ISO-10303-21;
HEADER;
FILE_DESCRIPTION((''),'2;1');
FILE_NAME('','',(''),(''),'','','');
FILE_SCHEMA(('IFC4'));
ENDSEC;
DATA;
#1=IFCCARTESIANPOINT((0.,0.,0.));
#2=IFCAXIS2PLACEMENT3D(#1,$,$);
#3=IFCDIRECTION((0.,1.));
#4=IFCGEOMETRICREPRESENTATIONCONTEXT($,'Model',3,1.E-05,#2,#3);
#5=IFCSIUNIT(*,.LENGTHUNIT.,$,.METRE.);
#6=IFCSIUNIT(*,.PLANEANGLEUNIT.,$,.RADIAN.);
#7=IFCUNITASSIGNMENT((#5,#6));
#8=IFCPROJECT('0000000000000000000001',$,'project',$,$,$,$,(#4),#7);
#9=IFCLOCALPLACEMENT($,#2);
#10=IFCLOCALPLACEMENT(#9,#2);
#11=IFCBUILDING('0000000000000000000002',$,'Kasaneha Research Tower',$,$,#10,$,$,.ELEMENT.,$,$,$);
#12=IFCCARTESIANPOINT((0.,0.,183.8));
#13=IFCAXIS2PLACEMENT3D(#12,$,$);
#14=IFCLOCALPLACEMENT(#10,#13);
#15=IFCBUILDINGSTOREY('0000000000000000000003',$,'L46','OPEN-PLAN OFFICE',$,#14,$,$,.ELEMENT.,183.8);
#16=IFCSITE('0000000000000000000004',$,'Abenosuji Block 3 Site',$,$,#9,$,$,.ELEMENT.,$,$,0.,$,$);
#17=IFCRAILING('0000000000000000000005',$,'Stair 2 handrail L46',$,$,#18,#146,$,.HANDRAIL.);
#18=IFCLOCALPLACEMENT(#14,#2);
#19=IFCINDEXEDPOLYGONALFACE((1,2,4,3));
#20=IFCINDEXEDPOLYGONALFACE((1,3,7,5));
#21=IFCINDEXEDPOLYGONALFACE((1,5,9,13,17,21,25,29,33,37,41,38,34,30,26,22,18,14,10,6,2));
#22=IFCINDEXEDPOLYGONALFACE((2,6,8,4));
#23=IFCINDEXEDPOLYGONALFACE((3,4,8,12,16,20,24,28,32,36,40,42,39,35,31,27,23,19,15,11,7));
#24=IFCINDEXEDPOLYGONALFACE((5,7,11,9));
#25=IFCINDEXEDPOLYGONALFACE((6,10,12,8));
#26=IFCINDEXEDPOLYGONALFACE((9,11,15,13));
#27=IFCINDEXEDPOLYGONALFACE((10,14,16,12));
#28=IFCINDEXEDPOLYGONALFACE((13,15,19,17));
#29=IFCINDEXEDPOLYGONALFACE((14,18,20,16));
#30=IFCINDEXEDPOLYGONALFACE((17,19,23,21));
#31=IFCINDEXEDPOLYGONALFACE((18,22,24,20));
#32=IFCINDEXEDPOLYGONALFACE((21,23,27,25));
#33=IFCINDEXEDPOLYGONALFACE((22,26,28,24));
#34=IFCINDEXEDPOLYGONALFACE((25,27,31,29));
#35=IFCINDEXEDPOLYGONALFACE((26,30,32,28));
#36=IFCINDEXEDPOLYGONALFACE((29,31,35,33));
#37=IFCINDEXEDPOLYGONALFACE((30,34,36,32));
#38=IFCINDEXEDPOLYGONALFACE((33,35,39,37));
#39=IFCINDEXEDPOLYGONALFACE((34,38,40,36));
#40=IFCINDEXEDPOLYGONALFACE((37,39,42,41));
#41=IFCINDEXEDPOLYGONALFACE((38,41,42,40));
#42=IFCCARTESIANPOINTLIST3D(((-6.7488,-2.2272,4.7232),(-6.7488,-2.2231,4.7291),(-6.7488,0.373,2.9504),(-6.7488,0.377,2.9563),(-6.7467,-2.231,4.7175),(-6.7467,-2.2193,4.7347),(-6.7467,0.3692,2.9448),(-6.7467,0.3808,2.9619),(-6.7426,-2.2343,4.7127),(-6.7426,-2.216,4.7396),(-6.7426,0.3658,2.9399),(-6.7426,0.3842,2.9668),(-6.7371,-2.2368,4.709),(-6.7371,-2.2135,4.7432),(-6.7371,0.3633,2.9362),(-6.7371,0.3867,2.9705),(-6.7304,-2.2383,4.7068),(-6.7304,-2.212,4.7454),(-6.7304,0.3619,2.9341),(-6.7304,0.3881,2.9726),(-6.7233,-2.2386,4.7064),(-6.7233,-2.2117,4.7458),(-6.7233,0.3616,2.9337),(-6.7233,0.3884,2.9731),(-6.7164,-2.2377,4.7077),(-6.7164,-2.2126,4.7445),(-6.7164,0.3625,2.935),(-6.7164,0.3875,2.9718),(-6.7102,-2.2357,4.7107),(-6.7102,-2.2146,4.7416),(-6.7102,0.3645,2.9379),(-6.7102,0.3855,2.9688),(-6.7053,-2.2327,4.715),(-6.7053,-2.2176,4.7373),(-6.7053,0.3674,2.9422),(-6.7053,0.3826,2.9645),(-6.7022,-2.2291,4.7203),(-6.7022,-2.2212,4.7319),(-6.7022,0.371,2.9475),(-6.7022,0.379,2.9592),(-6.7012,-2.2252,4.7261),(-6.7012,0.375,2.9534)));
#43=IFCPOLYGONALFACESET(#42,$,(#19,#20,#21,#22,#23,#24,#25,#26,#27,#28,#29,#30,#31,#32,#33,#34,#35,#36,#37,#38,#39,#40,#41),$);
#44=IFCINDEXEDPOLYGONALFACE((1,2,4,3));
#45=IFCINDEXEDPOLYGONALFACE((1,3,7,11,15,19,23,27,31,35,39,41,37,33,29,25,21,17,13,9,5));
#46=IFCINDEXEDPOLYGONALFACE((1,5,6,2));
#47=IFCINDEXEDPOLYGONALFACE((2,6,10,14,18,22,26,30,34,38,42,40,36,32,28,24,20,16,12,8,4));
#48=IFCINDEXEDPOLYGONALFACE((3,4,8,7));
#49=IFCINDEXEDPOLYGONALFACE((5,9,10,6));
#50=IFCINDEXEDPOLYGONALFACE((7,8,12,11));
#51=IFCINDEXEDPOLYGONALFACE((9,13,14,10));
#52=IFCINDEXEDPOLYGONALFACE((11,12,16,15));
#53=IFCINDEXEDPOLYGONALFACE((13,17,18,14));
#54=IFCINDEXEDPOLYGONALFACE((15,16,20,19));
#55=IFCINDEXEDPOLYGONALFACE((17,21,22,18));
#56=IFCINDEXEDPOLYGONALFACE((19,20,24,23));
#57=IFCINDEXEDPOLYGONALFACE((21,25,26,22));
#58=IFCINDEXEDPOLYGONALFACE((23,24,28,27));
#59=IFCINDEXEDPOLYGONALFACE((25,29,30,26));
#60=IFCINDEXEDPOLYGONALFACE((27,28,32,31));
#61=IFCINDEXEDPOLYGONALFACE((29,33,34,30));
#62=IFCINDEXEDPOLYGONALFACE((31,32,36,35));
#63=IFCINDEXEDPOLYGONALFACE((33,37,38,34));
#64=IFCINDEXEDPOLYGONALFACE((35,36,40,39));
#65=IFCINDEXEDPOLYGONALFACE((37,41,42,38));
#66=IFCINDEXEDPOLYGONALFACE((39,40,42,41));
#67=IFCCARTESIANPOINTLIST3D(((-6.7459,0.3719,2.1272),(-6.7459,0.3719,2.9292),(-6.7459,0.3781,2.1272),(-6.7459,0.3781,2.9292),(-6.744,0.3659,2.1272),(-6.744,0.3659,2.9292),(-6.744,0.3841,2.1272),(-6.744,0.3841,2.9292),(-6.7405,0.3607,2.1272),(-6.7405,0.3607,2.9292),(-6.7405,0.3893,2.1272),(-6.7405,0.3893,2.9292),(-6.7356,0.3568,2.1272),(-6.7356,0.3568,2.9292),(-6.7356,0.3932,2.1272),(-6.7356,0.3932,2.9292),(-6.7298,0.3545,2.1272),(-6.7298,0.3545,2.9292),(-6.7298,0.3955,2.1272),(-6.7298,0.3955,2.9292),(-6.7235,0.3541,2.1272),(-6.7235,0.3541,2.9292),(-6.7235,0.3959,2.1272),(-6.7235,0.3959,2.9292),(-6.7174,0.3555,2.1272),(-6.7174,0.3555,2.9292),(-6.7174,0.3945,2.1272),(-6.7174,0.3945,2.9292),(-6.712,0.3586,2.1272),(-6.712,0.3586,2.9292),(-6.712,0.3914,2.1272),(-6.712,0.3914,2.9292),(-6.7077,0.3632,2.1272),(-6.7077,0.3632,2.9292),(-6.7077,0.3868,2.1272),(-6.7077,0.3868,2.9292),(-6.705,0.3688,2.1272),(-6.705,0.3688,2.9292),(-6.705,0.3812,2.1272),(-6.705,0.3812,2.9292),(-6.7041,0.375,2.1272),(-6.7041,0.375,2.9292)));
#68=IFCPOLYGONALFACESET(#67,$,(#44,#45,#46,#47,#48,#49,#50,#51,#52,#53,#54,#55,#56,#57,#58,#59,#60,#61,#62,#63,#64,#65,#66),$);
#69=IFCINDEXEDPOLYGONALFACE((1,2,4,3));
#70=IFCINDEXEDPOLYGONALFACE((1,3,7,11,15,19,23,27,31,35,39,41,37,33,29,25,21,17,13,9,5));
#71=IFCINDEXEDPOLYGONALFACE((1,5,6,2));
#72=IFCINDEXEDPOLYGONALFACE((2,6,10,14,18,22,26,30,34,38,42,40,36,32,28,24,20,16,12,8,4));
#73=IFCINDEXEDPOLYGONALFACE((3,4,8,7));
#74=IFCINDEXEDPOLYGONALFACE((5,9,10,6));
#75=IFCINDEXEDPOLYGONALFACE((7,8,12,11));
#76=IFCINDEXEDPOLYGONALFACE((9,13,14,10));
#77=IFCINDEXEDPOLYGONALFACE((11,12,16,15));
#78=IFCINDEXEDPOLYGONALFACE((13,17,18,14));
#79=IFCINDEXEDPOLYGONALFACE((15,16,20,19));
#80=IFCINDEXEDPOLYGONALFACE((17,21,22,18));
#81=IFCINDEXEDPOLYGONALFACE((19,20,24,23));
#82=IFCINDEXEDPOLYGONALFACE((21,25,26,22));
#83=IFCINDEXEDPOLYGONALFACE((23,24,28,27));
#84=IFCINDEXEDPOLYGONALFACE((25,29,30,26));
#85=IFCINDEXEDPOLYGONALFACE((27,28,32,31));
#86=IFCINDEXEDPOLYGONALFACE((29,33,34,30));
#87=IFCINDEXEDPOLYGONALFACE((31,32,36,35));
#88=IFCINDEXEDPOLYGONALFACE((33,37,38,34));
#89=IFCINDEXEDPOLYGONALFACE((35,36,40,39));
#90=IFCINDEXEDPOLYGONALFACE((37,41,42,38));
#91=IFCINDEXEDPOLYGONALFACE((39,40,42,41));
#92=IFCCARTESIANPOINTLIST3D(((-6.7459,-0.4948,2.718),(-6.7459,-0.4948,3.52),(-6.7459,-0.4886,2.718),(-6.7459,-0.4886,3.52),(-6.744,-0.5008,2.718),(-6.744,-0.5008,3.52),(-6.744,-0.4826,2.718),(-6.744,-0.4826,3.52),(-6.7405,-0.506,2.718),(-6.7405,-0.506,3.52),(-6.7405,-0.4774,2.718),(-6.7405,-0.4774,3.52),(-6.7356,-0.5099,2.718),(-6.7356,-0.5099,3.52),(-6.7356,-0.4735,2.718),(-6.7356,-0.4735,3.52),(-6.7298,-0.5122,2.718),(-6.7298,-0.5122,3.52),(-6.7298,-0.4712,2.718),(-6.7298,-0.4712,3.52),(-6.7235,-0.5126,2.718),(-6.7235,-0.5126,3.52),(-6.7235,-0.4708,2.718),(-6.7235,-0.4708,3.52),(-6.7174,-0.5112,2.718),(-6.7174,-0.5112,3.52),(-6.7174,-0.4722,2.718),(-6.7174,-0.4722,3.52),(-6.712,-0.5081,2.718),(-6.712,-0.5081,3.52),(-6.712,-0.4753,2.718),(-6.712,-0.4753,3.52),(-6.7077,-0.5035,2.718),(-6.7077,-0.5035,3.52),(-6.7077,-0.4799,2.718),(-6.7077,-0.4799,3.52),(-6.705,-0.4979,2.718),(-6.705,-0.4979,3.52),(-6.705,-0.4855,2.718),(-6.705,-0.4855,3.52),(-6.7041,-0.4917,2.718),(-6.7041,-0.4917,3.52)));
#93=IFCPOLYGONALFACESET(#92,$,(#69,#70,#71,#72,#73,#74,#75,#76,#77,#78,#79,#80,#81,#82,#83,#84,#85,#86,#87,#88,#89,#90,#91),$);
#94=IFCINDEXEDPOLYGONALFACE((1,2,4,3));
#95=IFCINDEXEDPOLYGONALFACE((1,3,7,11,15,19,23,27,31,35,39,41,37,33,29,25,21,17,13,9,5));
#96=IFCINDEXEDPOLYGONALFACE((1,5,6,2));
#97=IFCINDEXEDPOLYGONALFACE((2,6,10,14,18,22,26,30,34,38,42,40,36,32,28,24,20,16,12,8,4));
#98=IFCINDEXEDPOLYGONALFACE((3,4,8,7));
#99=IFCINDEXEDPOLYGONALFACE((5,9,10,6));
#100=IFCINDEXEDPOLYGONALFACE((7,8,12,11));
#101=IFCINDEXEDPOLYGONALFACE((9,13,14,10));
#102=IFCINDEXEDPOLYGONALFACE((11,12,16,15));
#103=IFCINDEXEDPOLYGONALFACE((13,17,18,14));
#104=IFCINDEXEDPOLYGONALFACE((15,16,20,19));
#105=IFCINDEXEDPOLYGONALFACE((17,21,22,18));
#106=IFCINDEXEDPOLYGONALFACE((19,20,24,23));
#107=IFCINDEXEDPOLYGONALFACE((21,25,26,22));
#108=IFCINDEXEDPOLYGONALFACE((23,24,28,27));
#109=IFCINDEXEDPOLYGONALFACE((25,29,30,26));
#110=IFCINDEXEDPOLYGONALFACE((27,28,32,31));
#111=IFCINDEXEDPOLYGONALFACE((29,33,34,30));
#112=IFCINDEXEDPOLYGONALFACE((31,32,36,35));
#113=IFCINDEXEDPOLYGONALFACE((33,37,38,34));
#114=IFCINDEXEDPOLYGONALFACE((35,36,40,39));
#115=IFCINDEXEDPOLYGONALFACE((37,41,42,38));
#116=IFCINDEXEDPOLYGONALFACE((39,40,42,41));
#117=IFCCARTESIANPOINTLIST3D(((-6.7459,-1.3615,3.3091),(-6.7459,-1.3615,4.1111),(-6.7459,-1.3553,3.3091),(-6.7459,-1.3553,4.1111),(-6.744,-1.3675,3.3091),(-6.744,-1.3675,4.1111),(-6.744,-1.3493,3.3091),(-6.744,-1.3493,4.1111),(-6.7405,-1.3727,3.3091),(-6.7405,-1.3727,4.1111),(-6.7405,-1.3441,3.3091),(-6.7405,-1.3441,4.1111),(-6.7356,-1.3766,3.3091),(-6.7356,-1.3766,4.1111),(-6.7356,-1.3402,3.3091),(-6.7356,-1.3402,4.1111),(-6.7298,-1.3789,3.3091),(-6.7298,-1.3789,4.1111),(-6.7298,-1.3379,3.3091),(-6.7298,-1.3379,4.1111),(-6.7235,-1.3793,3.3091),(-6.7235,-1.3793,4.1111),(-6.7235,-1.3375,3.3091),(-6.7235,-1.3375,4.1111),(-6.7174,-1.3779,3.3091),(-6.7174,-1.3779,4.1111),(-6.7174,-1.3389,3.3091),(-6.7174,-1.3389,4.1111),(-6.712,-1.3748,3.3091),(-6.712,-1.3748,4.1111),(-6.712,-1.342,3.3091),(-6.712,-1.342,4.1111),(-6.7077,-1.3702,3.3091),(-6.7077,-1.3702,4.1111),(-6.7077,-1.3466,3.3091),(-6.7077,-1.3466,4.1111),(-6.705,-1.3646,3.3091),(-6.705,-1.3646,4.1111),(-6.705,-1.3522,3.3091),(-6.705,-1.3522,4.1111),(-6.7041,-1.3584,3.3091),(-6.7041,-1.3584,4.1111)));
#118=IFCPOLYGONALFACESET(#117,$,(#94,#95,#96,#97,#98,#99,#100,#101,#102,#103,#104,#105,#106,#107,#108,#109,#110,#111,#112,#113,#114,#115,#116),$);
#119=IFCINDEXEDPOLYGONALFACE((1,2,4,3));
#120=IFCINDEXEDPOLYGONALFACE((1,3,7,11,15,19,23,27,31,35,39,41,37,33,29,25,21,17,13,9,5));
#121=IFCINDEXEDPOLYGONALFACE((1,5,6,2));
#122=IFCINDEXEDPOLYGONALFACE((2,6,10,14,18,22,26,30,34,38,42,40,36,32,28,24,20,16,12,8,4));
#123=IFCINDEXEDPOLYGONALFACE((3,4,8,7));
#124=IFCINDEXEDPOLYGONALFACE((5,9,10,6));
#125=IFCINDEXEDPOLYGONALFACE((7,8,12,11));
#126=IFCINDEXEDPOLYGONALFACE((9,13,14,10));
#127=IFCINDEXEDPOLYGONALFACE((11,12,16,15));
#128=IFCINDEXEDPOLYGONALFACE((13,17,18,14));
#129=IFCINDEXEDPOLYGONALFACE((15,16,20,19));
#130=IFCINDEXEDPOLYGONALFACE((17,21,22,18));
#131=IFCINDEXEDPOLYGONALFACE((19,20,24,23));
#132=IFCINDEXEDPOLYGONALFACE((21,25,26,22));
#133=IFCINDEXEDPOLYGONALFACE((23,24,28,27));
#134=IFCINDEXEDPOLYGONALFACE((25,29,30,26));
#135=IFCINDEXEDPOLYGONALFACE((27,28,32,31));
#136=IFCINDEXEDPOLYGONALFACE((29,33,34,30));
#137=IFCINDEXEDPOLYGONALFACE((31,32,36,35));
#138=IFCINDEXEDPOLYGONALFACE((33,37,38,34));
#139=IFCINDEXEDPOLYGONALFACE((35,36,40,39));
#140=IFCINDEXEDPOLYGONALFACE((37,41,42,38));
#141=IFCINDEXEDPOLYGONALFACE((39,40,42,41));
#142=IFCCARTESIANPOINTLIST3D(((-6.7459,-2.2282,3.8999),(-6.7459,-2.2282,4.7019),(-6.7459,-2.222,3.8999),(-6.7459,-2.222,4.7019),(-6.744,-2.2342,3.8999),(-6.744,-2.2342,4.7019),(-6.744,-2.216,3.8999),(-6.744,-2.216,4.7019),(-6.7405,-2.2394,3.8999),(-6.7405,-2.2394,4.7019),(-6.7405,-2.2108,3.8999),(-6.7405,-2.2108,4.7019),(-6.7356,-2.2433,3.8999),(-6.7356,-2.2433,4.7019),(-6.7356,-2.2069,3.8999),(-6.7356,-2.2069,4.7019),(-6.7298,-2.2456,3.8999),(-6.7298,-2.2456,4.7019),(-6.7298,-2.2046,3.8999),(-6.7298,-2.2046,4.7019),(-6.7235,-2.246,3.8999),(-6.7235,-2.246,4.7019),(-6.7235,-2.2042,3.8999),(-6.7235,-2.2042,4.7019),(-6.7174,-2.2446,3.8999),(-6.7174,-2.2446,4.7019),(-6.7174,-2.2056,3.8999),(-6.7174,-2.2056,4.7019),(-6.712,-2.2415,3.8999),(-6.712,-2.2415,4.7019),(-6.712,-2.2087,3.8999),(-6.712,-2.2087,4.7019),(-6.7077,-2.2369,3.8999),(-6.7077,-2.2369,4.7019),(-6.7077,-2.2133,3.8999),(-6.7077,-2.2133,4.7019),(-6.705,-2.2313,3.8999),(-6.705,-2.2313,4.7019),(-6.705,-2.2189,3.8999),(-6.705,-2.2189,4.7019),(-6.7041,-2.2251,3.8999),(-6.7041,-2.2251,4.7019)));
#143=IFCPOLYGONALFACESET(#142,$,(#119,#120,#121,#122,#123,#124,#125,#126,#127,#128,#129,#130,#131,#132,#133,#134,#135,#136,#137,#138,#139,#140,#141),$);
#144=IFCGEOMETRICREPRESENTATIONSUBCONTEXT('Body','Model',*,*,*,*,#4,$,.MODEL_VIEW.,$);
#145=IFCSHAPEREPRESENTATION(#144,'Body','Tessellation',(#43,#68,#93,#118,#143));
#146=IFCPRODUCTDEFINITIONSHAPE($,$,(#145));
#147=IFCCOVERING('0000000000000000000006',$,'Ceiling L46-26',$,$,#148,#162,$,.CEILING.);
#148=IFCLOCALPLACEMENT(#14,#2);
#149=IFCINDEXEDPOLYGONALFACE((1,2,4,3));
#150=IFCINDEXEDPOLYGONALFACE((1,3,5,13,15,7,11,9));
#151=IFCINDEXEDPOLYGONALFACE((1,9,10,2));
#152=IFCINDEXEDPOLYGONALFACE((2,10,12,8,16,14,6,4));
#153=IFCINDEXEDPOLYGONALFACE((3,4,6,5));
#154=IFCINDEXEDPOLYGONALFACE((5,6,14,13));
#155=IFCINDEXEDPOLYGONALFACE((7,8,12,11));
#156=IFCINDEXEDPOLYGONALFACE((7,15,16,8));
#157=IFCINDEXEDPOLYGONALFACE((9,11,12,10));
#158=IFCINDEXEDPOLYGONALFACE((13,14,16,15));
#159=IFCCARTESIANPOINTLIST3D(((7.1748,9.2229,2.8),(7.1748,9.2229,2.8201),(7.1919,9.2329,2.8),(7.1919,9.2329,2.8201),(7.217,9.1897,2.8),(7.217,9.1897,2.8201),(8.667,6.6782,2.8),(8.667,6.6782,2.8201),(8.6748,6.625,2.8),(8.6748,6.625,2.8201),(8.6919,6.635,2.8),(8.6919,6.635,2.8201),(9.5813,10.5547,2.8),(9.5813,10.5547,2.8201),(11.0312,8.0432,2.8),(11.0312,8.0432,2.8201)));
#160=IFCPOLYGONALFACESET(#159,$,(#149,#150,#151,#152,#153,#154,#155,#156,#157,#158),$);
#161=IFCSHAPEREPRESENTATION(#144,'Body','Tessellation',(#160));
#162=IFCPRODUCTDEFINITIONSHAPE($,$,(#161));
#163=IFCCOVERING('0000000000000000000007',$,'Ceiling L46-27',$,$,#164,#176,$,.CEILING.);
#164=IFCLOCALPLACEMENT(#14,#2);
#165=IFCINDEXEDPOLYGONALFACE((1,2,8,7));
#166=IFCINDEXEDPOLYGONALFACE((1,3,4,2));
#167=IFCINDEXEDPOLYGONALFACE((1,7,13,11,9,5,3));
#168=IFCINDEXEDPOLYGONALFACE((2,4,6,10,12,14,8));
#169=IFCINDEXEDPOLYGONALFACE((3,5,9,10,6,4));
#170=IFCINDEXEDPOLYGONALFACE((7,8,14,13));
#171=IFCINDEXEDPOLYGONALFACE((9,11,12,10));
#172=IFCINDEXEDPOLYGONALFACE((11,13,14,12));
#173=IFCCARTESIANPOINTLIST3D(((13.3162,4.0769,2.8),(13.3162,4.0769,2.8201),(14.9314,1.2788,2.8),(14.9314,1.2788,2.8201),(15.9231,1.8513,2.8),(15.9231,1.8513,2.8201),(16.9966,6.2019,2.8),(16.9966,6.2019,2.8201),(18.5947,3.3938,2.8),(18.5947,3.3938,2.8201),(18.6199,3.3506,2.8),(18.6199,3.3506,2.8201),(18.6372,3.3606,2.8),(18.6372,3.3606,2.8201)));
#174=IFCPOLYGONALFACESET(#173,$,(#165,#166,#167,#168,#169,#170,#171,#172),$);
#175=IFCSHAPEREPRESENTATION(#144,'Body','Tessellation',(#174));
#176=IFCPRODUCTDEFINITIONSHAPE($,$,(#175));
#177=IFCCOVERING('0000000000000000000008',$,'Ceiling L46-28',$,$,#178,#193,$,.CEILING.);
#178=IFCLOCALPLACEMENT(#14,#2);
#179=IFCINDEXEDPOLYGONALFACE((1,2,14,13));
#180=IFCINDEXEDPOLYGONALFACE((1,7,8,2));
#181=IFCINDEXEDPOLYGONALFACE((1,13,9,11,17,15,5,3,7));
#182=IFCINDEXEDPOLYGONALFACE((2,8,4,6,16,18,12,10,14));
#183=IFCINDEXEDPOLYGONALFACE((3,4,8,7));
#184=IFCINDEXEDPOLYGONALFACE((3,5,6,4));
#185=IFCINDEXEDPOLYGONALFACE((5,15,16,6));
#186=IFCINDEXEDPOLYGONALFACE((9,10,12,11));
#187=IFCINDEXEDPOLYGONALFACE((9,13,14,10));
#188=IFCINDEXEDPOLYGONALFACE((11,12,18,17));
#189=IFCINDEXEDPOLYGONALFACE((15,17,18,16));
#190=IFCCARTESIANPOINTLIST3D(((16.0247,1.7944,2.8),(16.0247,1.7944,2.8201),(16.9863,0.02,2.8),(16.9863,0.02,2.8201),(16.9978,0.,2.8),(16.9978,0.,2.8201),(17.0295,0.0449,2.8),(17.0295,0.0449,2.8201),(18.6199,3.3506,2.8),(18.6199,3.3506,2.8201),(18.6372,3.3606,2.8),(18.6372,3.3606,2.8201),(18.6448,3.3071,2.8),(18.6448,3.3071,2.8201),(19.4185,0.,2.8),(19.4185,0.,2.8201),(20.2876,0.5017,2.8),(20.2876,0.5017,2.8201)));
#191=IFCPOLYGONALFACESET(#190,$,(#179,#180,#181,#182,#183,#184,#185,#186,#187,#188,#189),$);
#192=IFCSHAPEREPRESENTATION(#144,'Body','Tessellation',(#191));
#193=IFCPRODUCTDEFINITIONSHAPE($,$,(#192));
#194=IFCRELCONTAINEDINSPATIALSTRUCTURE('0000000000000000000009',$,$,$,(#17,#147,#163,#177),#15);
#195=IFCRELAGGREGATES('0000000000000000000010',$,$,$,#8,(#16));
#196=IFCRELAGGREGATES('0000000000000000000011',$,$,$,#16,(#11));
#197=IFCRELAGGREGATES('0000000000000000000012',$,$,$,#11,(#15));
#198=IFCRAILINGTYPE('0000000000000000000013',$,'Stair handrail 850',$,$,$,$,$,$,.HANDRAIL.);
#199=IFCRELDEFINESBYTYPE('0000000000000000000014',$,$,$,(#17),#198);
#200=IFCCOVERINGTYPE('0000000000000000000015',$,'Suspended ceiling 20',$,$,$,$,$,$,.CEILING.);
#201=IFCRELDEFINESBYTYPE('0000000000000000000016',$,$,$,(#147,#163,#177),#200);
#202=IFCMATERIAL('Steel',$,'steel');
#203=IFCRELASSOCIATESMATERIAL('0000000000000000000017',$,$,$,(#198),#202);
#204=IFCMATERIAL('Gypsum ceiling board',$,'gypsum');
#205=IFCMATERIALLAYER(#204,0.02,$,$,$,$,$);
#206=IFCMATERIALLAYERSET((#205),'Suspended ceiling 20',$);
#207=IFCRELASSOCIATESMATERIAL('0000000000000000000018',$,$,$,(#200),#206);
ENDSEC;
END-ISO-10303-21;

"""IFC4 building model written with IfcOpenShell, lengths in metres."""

from ifc_helpers import new_model, si_unit, direction, frame, origin, origin_2d, place, context, subcontext, project, spatial, polyline, circle, outline, extrude, material, layer, layer_set, type_object, element, save


model = new_model("IFC4")

# Units and contexts
model_context = context("Model", 3, precision=1e-05, world=origin(), true_north=direction((0.0, 1.0)))
body_context = subcontext(model_context, "Body", "Model", "MODEL_VIEW")
ifc_project = project(units=[si_unit("LENGTHUNIT", "METRE"), si_unit("PLANEANGLEUNIT", "RADIAN")], contexts=[model_context])

# Site, building, storey
site_placement = place(None, origin())
site = spatial("IfcSite", under=ifc_project, at=site_placement, Name="Abenosuji Block 3 Site", CompositionType="ELEMENT", RefElevation=0.0)
building_placement = place(site_placement, origin())
building = spatial("IfcBuilding", under=site, at=building_placement, Name="Kasaneha Research Tower", CompositionType="ELEMENT")
storey_placement = place(building_placement, frame((0.0, 0.0, 183.8)))
storey = spatial("IfcBuildingStorey", under=building, at=storey_placement, Name="L46", Description="OPEN-PLAN OFFICE", CompositionType="ELEMENT", Elevation=183.8)

# Railing
ifc_material_1 = material(Name="Steel", Category="steel")
railing_type_1 = type_object("IfcRailingType", Name="Stair handrail 850", PredefinedType="HANDRAIL", material=ifc_material_1)
railing_1_placement = place(storey_placement, frame((-6.7251, 0.375, 2.1272)))
element("IfcRailing", 1, at=railing_1_placement, inside=storey, type_object=railing_type_1, Name="Stair 2 handrail L46", PredefinedType="HANDRAIL", context=body_context, shape_type="SweptSolid", body=[
    extrude(circle(Radius=0.0239, at=origin_2d()), frame((0.0, 0.0, 0.8262), z_axis=(0.0, -0.82624, 0.563318), x_axis=(1.0, 0.0, 0.0)), (0.0, 0.0, 1.0), 3.147),
    extrude(circle(Radius=0.021, at=origin_2d()), origin(), (0.0, 0.0, 1.0), 0.802),
    extrude(circle(Radius=0.021, at=origin_2d()), frame((0.0, -0.8667, 0.5908)), (0.0, 0.0, 1.0), 0.802),
    extrude(circle(Radius=0.021, at=origin_2d()), frame((0.0, -1.7334, 1.1819)), (0.0, 0.0, 1.0), 0.802),
    extrude(circle(Radius=0.021, at=origin_2d()), frame((0.0, -2.6001, 1.7727)), (0.0, 0.0, 1.0), 0.802),
])

# Coverings
ifc_material_2 = material(Name="Gypsum ceiling board", Category="gypsum")
ifc_layer_1 = layer(ifc_material_2, 0.02)
ifc_layer_set_1 = layer_set([ifc_layer_1], Name="Suspended ceiling 20")
covering_type = type_object("IfcCoveringType", Name="Suspended ceiling 20", PredefinedType="CEILING", material=ifc_layer_set_1)
covering_1_placement = place(storey_placement, frame((0.0, 0.0, 2.8)))
element("IfcCovering", 2, at=covering_1_placement, inside=storey, type_object=covering_type, Name="Ceiling L46-26", PredefinedType="CEILING", context=body_context, shape_type="SweptSolid", body=[
    extrude(outline(polyline([(7.1748, 9.2229), (7.1919, 9.2329), (7.217, 9.1897), (9.5813, 10.5547), (11.0312, 8.0432), (8.667, 6.6782), (8.6919, 6.635), (8.6748, 6.625), (7.1748, 9.2229)])), origin(), (0.0, 0.0, 1.0), 0.02),
])
covering_2_placement = place(storey_placement, frame((0.0, 0.0, 2.8)))
element("IfcCovering", 3, at=covering_2_placement, inside=storey, type_object=covering_type, Name="Ceiling L46-27", PredefinedType="CEILING", context=body_context, shape_type="SweptSolid", body=[
    extrude(outline(polyline([(18.6372, 3.3606), (18.6199, 3.3506), (18.5947, 3.3938), (15.9231, 1.8513), (15.9231, 1.8513), (14.9314, 1.2788), (13.3162, 4.0769), (16.9966, 6.2019), (18.6372, 3.3606)])), origin(), (0.0, 0.0, 1.0), 0.02),
])
covering_3_placement = place(storey_placement, frame((0.0, 0.0, 2.8)))
element("IfcCovering", 4, at=covering_3_placement, inside=storey, type_object=covering_type, Name="Ceiling L46-28", PredefinedType="CEILING", context=body_context, shape_type="SweptSolid", body=[
    extrude(outline(polyline([(16.9978, 0.0), (16.9863, 0.02), (17.0295, 0.0449), (16.0247, 1.7944), (18.6448, 3.3071), (18.6199, 3.3506), (18.6372, 3.3606), (20.2876, 0.5017), (19.4185, 0.0), (16.9978, 0.0)])), origin(), (0.0, 0.0, 1.0), 0.02),
])

save(model, "model.ifc")
